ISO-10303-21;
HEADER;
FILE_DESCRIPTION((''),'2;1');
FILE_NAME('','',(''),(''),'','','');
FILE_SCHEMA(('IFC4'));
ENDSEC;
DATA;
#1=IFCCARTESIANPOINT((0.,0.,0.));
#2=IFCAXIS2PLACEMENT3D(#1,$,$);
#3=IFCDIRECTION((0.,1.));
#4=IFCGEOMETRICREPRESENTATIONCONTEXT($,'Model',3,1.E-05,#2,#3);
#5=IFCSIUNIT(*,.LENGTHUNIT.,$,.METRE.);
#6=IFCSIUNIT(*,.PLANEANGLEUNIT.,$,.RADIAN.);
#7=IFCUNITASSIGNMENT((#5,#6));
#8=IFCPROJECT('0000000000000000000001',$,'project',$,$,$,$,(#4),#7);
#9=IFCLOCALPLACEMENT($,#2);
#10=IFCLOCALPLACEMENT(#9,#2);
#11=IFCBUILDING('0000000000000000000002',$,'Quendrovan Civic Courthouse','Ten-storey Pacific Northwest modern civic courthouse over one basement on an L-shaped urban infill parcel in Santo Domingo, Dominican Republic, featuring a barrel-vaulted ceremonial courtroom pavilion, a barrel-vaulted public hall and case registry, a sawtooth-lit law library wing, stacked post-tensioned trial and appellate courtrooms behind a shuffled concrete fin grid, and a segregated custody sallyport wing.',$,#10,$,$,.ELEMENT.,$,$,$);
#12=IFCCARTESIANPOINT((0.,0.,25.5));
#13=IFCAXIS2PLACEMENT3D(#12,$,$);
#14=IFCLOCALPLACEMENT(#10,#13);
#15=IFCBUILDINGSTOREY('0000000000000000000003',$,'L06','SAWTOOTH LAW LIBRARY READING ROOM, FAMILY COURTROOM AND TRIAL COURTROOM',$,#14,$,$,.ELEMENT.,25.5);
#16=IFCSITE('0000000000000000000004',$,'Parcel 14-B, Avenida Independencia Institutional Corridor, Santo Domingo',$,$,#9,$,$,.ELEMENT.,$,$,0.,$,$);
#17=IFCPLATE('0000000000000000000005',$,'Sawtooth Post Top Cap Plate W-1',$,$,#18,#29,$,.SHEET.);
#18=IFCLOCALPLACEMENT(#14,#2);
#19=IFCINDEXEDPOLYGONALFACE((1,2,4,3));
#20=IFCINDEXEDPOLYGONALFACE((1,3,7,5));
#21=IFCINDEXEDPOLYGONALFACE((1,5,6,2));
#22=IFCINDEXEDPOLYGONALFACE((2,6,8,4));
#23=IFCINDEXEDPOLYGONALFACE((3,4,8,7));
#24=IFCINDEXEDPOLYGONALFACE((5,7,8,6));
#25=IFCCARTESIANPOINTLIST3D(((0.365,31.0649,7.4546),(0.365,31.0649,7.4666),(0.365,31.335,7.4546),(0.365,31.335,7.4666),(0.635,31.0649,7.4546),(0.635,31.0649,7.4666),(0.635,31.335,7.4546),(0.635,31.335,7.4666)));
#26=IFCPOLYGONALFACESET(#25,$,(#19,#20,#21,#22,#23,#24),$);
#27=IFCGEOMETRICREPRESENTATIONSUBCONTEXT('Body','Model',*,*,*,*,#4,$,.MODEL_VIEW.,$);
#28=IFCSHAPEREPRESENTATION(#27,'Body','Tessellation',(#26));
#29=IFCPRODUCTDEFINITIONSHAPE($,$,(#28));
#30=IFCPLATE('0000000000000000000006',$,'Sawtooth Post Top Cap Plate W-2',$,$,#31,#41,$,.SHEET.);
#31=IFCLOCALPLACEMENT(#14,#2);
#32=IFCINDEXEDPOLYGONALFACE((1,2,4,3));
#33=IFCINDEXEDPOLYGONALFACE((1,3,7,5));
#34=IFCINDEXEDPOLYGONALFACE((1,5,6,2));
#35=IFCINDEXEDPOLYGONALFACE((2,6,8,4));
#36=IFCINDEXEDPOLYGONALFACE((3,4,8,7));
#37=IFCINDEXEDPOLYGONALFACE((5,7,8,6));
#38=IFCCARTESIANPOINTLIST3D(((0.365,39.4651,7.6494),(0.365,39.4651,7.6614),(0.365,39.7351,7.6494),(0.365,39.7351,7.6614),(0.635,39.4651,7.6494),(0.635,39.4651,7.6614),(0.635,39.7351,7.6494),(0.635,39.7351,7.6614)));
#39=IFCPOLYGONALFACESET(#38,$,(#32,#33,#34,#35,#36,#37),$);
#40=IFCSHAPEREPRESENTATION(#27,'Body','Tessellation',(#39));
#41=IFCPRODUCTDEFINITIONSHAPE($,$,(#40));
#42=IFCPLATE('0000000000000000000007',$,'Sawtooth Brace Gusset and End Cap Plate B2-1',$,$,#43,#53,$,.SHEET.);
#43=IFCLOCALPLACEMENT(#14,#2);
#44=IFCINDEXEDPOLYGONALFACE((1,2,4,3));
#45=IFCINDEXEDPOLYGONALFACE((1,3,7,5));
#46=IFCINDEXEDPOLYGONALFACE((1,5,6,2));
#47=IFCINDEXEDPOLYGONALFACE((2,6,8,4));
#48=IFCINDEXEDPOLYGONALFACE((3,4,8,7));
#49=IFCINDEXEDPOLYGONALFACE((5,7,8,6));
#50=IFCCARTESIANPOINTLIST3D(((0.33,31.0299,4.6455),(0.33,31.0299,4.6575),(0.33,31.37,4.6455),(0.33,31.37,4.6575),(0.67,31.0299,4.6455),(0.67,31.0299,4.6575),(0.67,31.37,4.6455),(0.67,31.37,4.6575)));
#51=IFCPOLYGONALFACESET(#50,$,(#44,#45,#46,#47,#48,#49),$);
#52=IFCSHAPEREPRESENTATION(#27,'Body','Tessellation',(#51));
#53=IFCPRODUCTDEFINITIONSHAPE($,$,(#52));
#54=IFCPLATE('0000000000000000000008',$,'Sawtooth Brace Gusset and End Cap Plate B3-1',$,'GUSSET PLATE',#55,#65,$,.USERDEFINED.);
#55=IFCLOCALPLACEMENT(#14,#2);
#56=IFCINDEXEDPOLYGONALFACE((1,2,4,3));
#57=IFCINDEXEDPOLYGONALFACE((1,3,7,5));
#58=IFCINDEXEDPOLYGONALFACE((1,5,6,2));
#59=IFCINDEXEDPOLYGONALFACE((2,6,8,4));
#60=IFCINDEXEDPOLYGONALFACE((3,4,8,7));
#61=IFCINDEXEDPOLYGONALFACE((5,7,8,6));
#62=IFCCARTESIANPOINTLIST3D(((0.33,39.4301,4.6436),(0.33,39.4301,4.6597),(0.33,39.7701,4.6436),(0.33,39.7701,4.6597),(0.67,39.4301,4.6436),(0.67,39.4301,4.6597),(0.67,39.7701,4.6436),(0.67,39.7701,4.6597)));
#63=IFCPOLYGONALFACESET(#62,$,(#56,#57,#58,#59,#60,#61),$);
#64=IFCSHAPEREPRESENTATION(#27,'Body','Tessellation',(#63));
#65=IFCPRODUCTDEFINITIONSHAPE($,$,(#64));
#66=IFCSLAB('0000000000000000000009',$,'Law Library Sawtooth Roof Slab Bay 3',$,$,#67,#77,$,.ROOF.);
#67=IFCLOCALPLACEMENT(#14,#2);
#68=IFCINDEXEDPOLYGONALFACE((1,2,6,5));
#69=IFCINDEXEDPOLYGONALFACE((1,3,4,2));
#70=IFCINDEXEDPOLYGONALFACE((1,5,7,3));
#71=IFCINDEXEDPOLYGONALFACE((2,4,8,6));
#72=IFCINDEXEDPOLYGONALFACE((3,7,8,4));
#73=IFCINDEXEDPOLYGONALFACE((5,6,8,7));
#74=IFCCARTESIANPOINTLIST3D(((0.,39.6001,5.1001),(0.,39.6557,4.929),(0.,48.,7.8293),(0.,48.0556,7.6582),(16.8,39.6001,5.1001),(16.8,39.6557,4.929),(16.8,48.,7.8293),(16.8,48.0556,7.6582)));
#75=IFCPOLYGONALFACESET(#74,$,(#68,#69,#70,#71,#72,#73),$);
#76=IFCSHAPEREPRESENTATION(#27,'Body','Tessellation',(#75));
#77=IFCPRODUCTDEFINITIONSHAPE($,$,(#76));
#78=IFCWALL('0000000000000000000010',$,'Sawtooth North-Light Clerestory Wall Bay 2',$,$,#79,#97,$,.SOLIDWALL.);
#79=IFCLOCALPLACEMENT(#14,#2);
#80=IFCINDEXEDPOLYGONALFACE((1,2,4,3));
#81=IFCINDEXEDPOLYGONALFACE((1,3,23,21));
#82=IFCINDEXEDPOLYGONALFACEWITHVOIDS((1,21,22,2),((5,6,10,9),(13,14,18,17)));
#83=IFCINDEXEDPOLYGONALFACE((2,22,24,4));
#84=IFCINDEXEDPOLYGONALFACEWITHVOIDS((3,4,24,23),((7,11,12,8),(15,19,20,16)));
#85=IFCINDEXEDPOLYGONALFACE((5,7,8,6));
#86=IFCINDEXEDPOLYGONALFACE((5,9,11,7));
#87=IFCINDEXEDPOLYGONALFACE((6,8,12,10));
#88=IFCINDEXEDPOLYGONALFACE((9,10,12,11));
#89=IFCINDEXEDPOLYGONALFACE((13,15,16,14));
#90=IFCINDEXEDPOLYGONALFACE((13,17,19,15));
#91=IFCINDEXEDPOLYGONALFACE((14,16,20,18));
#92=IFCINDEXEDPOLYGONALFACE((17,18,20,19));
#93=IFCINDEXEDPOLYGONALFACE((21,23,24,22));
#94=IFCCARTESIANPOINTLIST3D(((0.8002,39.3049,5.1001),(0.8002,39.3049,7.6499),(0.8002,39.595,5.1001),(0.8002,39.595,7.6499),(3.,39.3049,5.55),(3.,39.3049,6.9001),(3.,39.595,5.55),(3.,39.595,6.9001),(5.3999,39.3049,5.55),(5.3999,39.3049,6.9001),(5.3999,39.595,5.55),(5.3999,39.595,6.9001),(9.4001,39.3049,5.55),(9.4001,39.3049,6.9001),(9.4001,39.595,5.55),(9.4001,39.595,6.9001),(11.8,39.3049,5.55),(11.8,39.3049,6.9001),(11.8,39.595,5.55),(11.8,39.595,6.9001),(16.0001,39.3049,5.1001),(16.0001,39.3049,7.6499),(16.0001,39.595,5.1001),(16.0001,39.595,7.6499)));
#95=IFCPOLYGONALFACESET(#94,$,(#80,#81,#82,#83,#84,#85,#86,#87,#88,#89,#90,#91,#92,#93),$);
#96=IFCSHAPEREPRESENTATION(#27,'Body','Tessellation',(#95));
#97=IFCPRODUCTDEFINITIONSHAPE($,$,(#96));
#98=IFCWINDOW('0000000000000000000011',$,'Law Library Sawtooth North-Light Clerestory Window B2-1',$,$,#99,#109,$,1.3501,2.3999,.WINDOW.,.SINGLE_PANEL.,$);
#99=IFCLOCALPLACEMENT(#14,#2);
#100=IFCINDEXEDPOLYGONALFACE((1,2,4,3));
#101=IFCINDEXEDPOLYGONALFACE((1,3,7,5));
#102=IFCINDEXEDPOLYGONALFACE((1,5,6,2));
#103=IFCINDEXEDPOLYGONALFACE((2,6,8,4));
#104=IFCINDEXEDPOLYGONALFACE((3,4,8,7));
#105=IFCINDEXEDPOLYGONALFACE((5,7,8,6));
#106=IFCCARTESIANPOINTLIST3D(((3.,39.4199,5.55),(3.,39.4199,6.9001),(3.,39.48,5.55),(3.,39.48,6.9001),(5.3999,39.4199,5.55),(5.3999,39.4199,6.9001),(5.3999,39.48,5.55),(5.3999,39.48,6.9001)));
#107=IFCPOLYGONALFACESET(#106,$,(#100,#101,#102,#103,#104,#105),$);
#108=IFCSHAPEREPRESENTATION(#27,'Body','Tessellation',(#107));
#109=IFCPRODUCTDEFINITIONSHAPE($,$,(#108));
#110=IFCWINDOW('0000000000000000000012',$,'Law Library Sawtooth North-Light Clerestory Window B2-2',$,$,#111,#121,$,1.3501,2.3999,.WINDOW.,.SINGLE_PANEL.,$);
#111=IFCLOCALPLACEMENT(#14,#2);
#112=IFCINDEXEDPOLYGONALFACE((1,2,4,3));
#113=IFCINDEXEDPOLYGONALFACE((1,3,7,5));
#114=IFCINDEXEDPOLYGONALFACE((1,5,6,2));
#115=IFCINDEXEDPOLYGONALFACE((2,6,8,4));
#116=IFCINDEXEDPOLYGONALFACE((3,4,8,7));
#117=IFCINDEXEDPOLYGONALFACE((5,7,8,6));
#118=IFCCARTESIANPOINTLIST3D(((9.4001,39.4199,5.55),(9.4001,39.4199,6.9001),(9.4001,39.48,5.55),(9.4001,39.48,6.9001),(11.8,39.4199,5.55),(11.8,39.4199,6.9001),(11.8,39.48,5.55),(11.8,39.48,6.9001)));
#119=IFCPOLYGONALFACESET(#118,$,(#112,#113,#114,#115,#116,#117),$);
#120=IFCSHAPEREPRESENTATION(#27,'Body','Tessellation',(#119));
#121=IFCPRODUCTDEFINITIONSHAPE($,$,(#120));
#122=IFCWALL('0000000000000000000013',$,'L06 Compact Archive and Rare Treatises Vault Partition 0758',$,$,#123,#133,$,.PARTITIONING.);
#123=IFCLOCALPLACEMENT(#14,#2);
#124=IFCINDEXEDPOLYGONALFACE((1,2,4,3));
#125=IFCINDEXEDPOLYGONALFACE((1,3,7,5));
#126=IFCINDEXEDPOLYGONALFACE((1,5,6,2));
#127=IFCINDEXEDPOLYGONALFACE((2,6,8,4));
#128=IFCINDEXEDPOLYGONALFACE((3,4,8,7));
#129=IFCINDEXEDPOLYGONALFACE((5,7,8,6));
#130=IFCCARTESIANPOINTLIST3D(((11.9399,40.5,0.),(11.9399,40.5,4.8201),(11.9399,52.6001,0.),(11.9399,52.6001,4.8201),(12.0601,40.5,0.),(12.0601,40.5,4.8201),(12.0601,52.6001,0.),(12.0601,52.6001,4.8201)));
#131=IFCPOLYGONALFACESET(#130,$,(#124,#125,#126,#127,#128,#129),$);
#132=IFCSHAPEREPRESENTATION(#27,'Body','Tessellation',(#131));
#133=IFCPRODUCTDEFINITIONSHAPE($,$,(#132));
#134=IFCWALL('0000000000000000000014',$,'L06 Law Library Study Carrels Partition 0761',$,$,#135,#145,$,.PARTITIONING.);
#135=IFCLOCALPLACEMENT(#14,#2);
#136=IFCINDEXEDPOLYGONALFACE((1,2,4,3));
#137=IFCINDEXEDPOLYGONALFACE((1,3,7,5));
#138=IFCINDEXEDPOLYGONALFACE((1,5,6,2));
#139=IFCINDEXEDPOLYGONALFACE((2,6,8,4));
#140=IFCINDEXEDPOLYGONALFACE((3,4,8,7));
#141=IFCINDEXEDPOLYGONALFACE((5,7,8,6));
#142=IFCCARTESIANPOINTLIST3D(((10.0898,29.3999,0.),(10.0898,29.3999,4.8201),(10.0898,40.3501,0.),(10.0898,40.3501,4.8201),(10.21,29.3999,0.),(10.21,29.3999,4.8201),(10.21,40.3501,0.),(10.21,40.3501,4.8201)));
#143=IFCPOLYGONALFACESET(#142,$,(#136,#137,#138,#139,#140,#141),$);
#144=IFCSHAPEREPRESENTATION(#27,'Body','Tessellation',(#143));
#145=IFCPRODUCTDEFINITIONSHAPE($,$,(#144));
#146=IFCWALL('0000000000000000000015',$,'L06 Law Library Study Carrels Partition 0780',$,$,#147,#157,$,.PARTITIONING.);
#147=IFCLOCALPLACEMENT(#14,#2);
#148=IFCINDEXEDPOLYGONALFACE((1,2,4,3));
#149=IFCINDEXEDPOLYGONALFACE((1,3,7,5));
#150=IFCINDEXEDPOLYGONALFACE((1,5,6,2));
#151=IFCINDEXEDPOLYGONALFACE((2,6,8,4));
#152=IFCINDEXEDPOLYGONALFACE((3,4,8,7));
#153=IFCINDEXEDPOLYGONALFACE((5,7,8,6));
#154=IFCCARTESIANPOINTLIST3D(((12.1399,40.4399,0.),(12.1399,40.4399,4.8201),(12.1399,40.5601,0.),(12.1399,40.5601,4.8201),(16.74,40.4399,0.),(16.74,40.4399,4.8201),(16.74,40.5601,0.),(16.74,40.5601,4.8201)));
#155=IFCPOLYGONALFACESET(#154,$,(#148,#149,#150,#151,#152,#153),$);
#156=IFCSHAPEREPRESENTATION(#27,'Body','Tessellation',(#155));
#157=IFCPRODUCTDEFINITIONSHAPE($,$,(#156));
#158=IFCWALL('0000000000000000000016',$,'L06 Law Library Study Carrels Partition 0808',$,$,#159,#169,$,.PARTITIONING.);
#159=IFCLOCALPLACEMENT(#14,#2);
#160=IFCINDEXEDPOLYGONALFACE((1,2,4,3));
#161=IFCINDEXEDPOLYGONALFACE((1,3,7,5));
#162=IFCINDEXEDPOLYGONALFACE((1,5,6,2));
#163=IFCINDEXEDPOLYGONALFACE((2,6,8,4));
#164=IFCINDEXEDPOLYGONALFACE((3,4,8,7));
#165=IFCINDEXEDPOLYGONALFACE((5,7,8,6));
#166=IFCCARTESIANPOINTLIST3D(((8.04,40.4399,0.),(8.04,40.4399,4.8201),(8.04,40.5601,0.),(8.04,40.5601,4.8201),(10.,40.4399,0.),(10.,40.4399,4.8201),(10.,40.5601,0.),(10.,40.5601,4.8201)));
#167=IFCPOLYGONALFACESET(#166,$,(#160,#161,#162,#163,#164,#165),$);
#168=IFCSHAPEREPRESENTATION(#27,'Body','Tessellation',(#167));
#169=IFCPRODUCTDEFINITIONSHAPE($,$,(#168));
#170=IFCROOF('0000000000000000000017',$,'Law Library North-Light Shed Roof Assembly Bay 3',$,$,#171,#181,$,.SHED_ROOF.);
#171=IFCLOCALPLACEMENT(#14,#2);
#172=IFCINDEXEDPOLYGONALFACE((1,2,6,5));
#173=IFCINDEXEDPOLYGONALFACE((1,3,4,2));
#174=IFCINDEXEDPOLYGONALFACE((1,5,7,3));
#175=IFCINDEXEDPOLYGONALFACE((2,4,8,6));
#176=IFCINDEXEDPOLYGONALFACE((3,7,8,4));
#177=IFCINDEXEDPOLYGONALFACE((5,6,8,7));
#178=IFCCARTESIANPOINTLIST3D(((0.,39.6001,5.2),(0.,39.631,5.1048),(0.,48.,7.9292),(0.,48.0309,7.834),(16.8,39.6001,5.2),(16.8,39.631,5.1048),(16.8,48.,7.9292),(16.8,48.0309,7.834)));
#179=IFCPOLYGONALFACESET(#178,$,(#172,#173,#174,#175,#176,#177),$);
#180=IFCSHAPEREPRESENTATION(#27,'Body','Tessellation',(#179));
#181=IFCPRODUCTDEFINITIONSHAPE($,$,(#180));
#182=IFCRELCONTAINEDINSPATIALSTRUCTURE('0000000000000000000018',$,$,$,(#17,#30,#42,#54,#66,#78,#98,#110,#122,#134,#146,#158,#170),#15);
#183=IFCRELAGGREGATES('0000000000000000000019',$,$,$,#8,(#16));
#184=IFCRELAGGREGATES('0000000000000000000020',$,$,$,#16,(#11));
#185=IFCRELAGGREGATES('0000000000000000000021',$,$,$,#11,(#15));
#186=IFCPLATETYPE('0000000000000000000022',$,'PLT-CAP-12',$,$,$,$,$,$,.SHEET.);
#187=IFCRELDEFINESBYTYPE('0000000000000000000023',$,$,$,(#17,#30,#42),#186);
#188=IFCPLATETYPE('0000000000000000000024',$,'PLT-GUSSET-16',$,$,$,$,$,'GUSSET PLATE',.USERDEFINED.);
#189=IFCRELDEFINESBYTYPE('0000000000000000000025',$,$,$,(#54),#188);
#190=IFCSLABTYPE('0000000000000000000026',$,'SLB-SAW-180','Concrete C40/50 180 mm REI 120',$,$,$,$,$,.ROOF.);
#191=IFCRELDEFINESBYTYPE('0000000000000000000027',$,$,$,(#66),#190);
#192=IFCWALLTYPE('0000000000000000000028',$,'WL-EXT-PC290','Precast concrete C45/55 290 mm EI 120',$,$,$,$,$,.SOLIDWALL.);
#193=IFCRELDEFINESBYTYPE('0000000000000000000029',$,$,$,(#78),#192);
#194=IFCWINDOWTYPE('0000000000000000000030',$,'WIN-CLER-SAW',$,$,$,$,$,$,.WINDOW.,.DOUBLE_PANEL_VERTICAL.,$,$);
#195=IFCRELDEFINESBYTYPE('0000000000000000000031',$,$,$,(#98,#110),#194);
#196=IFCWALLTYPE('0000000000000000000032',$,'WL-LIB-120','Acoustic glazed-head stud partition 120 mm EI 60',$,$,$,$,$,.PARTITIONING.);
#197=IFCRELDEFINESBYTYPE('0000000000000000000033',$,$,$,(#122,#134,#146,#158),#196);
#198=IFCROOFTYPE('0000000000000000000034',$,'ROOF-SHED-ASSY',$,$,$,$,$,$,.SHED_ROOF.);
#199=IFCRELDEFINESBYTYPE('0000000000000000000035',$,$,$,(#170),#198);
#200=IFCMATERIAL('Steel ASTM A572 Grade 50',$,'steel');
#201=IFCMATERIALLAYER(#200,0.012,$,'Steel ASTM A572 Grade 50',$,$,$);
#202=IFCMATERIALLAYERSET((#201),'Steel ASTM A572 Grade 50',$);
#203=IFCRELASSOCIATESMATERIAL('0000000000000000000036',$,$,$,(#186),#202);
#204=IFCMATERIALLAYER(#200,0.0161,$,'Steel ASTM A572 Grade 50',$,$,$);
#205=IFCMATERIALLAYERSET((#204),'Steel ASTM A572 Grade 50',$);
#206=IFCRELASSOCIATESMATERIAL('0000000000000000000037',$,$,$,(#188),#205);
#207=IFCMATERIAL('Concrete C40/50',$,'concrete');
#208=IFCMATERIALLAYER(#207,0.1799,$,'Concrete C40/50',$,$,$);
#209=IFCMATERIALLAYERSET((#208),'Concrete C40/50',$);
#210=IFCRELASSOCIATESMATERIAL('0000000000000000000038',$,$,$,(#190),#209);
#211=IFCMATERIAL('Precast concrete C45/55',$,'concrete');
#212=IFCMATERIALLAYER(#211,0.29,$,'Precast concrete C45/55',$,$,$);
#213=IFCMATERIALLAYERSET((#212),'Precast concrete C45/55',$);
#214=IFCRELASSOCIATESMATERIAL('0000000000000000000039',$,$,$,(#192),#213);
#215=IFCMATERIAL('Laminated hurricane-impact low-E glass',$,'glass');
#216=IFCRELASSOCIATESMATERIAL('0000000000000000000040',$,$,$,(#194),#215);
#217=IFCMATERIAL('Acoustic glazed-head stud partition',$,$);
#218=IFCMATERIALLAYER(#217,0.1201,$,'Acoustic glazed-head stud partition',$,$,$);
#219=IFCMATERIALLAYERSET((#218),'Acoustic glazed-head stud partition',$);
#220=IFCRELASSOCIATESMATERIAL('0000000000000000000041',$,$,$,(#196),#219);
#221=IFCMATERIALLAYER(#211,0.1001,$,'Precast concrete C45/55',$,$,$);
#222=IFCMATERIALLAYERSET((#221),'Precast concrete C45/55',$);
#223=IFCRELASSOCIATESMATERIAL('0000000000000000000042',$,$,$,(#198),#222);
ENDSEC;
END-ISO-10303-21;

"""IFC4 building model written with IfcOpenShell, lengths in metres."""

from ifc_helpers import new_model, si_unit, direction, frame, frame_2d, origin, origin_2d, place, context, subcontext, project, spatial, polyline, rectangle, outline, extrude, material, layer, layer_set, type_object, element, fill, save


model = new_model("IFC4")

# Units and contexts
model_context = context("Model", 3, precision=1e-05, world=origin(), true_north=direction((0.0, 1.0)))
body_context = subcontext(model_context, "Body", "Model", "MODEL_VIEW")
ifc_project = project(units=[si_unit("LENGTHUNIT", "METRE"), si_unit("PLANEANGLEUNIT", "RADIAN")], contexts=[model_context])

# Site, building, storey
site_placement = place(None, origin())
site = spatial("IfcSite", under=ifc_project, at=site_placement, Name="Parcel 14-B, Avenida Independencia Institutional Corridor, Santo Domingo", CompositionType="ELEMENT", RefElevation=0.0)
building_placement = place(site_placement, origin())
building = spatial("IfcBuilding", under=site, at=building_placement, Name="Quendrovan Civic Courthouse", Description="Ten-storey Pacific Northwest modern civic courthouse over one basement on an L-shaped urban infill parcel in Santo Domingo, Dominican Republic, featuring a barrel-vaulted ceremonial courtroom pavilion, a barrel-vaulted public hall and case registry, a sawtooth-lit law library wing, stacked post-tensioned trial and appellate courtrooms behind a shuffled concrete fin grid, and a segregated custody sallyport wing.", CompositionType="ELEMENT")
storey_placement = place(building_placement, frame((0.0, 0.0, 25.5)))
storey = spatial("IfcBuildingStorey", under=building, at=storey_placement, Name="L06", Description="SAWTOOTH LAW LIBRARY READING ROOM, FAMILY COURTROOM AND TRIAL COURTROOM", CompositionType="ELEMENT", Elevation=25.5)

# Plates
ifc_material_1 = material(Name="Steel ASTM A572 Grade 50", Category="steel")
ifc_layer_1 = layer(ifc_material_1, 0.012, Name="Steel ASTM A572 Grade 50")
ifc_layer_set_1 = layer_set([ifc_layer_1], Name="Steel ASTM A572 Grade 50")
plate_type_1 = type_object("IfcPlateType", Name="PLT-CAP-12", PredefinedType="SHEET", material=ifc_layer_set_1)
for number, where, z_axis, x_axis, name in (
    (1, (0.5, 31.2, 7.4546), (0.0, 0.0, 1.0), (1.0, 0.0, 0.0), "Sawtooth Post Top Cap Plate W-1"),
    (2, (0.5, 39.6001, 7.6494), (0.0, 0.0, 1.0), (1.0, 0.0, 0.0), "Sawtooth Post Top Cap Plate W-2"),
):
    element("IfcPlate", number, at=place(storey_placement, frame(where, z_axis=z_axis, x_axis=x_axis)), inside=storey, type_object=plate_type_1, Name=name, PredefinedType="SHEET", context=body_context, shape_type="SweptSolid", body=[
        extrude(rectangle(XDim=0.27, YDim=0.27, at=origin_2d()), origin(), (0.0, 0.0, 1.0), 0.012),
    ])
plate_1_placement = place(storey_placement, frame((0.5, 31.2, 4.6455), z_axis=(0.0, 0.0, 1.0), x_axis=(1.0, 0.0, 0.0)))
element("IfcPlate", 3, at=plate_1_placement, inside=storey, type_object=plate_type_1, Name="Sawtooth Brace Gusset and End Cap Plate B2-1", PredefinedType="SHEET", context=body_context, shape_type="SweptSolid", body=[
    extrude(rectangle(XDim=0.3401, YDim=0.3401, at=origin_2d()), origin(), (0.0, 0.0, 1.0), 0.012),
])
ifc_layer_2 = layer(ifc_material_1, 0.0161, Name="Steel ASTM A572 Grade 50")
ifc_layer_set_2 = layer_set([ifc_layer_2], Name="Steel ASTM A572 Grade 50")
plate_type_2 = type_object("IfcPlateType", Name="PLT-GUSSET-16", ElementType="GUSSET PLATE", PredefinedType="USERDEFINED", material=ifc_layer_set_2)
plate_2_placement = place(storey_placement, frame((0.5, 39.6001, 4.6436), z_axis=(0.0, 0.0, 1.0), x_axis=(1.0, 0.0, 0.0)))
element("IfcPlate", 4, at=plate_2_placement, inside=storey, type_object=plate_type_2, Name="Sawtooth Brace Gusset and End Cap Plate B3-1", ObjectType="GUSSET PLATE", PredefinedType="USERDEFINED", context=body_context, shape_type="SweptSolid", body=[
    extrude(rectangle(XDim=0.3401, YDim=0.3401, at=origin_2d()), origin(), (0.0, 0.0, 1.0), 0.0161),
])

# Slab
ifc_material_2 = material(Name="Concrete C40/50", Category="concrete")
ifc_layer_3 = layer(ifc_material_2, 0.1799, Name="Concrete C40/50")
ifc_layer_set_3 = layer_set([ifc_layer_3], Name="Concrete C40/50")
slab_type = type_object("IfcSlabType", Name="SLB-SAW-180", Description="Concrete C40/50 180 mm REI 120", PredefinedType="ROOF", material=ifc_layer_set_3)
slab_placement = place(storey_placement, frame((0.0, 39.6001, 5.1001), z_axis=(0.0, -0.309012, 0.951058), x_axis=(1.0, 0.0, 0.0)))
element("IfcSlab", 5, at=slab_placement, inside=storey, type_object=slab_type, Name="Law Library Sawtooth Roof Slab Bay 3", PredefinedType="ROOF", context=body_context, shape_type="SweptSolid", body=[
    extrude(outline(polyline([(0.0, 0.0), (16.8, 0.0), (16.8, 8.8322), (0.0, 8.8322), (0.0, 0.0)])), origin(), (0.0, 0.0, -1.0), 0.1799),
])

# Wall, openings, windows
ifc_material_3 = material(Name="Precast concrete C45/55", Category="concrete")
ifc_layer_4 = layer(ifc_material_3, 0.29, Name="Precast concrete C45/55")
ifc_layer_set_4 = layer_set([ifc_layer_4], Name="Precast concrete C45/55")
wall_type_1 = type_object("IfcWallType", Name="WL-EXT-PC290", Description="Precast concrete C45/55 290 mm EI 120", PredefinedType="SOLIDWALL", material=ifc_layer_set_4)
wall_1_placement = place(storey_placement, frame((0.8, 39.45, 5.1001), z_axis=(0.0, 0.0, 1.0), x_axis=(1.0, 0.0, 0.0)))
wall_1 = element("IfcWall", 6, at=wall_1_placement, inside=storey, type_object=wall_type_1, Name="Sawtooth North-Light Clerestory Wall Bay 2", PredefinedType="SOLIDWALL", context=body_context, shape_type="SweptSolid", body=[
    extrude(rectangle(XDim=15.2, YDim=0.29, at=frame_2d((7.6001, 0.0))), origin(), (0.0, 0.0, 1.0), 2.5498),
])
opening_1_placement = place(wall_1_placement, frame((2.2, 0.0, 0.45)))
opening_1 = element("IfcOpeningElement", 7, at=opening_1_placement, cuts=wall_1, PredefinedType="OPENING", context=body_context, shape_type="SweptSolid", body=[
    extrude(rectangle(XDim=2.3999, YDim=1.3501, at=frame_2d((1.2, 0.675))), frame((0.0, 0.155, 0.0), z_axis=(0.0, -1.0, 0.0), x_axis=(1.0, 0.0, 0.0)), (0.0, 0.0, 1.0), 0.3101),
])
opening_2_placement = place(wall_1_placement, frame((8.6001, 0.0, 0.45)))
opening_2 = element("IfcOpeningElement", 8, at=opening_2_placement, cuts=wall_1, PredefinedType="OPENING", context=body_context, shape_type="SweptSolid", body=[
    extrude(rectangle(XDim=2.3999, YDim=1.3501, at=frame_2d((1.2, 0.675))), frame((0.0, 0.155, 0.0), z_axis=(0.0, -1.0, 0.0), x_axis=(1.0, 0.0, 0.0)), (0.0, 0.0, 1.0), 0.3101),
])
ifc_material_4 = material(Name="Laminated hurricane-impact low-E glass", Category="glass")
window_type = type_object("IfcWindowType", Name="WIN-CLER-SAW", PartitioningType="DOUBLE_PANEL_VERTICAL", PredefinedType="WINDOW", material=ifc_material_4)
window_1_placement = place(opening_1_placement, origin())
window_1 = element("IfcWindow", 9, at=window_1_placement, inside=storey, type_object=window_type, Name="Law Library Sawtooth North-Light Clerestory Window B2-1", OverallHeight=1.3501, OverallWidth=2.3999, PartitioningType="SINGLE_PANEL", PredefinedType="WINDOW", context=body_context, shape_type="SweptSolid", body=[
    extrude(rectangle(XDim=2.3999, YDim=1.3501, at=frame_2d((1.2, 0.675))), frame((0.0, 0.03, 0.0), z_axis=(0.0, -1.0, 0.0), x_axis=(1.0, 0.0, 0.0)), (0.0, 0.0, 1.0), 0.0601),
])
fill(opening_1, window_1)
window_2_placement = place(opening_2_placement, origin())
window_2 = element("IfcWindow", 10, at=window_2_placement, inside=storey, type_object=window_type, Name="Law Library Sawtooth North-Light Clerestory Window B2-2", OverallHeight=1.3501, OverallWidth=2.3999, PartitioningType="SINGLE_PANEL", PredefinedType="WINDOW", context=body_context, shape_type="SweptSolid", body=[
    extrude(rectangle(XDim=2.3999, YDim=1.3501, at=frame_2d((1.2, 0.675))), frame((0.0, 0.03, 0.0), z_axis=(0.0, -1.0, 0.0), x_axis=(1.0, 0.0, 0.0)), (0.0, 0.0, 1.0), 0.0601),
])
fill(opening_2, window_2)

# Walls
ifc_material_5 = material(Name="Acoustic glazed-head stud partition")
ifc_layer_5 = layer(ifc_material_5, 0.1201, Name="Acoustic glazed-head stud partition")
ifc_layer_set_5 = layer_set([ifc_layer_5], Name="Acoustic glazed-head stud partition")
wall_type_2 = type_object("IfcWallType", Name="WL-LIB-120", Description="Acoustic glazed-head stud partition 120 mm EI 60", PredefinedType="PARTITIONING", material=ifc_layer_set_5)
wall_2_placement = place(storey_placement, frame((12.0, 40.5, 0.0), z_axis=(0.0, 0.0, 1.0), x_axis=(0.0, 1.0, 0.0)))
element("IfcWall", 11, at=wall_2_placement, inside=storey, type_object=wall_type_2, Name="L06 Compact Archive and Rare Treatises Vault Partition 0758", PredefinedType="PARTITIONING", context=body_context, shape_type="SweptSolid", body=[
    extrude(rectangle(XDim=12.1001, YDim=0.1201, at=frame_2d((6.05, 0.0))), origin(), (0.0, 0.0, 1.0), 4.8201),
])
wall_3_placement = place(storey_placement, frame((10.1499, 40.3501, 0.0), z_axis=(0.0, 0.0, 1.0), x_axis=(0.0, -1.0, 0.0)))
element("IfcWall", 12, at=wall_3_placement, inside=storey, type_object=wall_type_2, Name="L06 Law Library Study Carrels Partition 0761", PredefinedType="PARTITIONING", context=body_context, shape_type="SweptSolid", body=[
    extrude(rectangle(XDim=10.9502, YDim=0.1201, at=frame_2d((5.4751, 0.0))), origin(), (0.0, 0.0, 1.0), 4.8201),
])
wall_4_placement = place(storey_placement, frame((12.1399, 40.5, 0.0), z_axis=(0.0, 0.0, 1.0), x_axis=(1.0, 0.0, 0.0)))
element("IfcWall", 13, at=wall_4_placement, inside=storey, type_object=wall_type_2, Name="L06 Law Library Study Carrels Partition 0780", PredefinedType="PARTITIONING", context=body_context, shape_type="SweptSolid", body=[
    extrude(rectangle(XDim=4.6001, YDim=0.1201, at=frame_2d((2.3, 0.0))), origin(), (0.0, 0.0, 1.0), 4.8201),
])
wall_5_placement = place(storey_placement, frame((8.04, 40.5, 0.0), z_axis=(0.0, 0.0, 1.0), x_axis=(1.0, 0.0, 0.0)))
element("IfcWall", 14, at=wall_5_placement, inside=storey, type_object=wall_type_2, Name="L06 Law Library Study Carrels Partition 0808", PredefinedType="PARTITIONING", context=body_context, shape_type="SweptSolid", body=[
    extrude(rectangle(XDim=1.96, YDim=0.1201, at=frame_2d((0.98, 0.0))), origin(), (0.0, 0.0, 1.0), 4.8201),
])

# Roof
ifc_layer_6 = layer(ifc_material_3, 0.1001, Name="Precast concrete C45/55")
ifc_layer_set_6 = layer_set([ifc_layer_6], Name="Precast concrete C45/55")
roof_type = type_object("IfcRoofType", Name="ROOF-SHED-ASSY", PredefinedType="SHED_ROOF", material=ifc_layer_set_6)
roof_placement = place(storey_placement, frame((0.0, 39.6001, 5.2), z_axis=(0.0, -0.309012, 0.951058), x_axis=(1.0, 0.0, 0.0)))
element("IfcRoof", 15, at=roof_placement, inside=storey, type_object=roof_type, Name="Law Library North-Light Shed Roof Assembly Bay 3", PredefinedType="SHED_ROOF", context=body_context, shape_type="SweptSolid", body=[
    extrude(outline(polyline([(0.0, 0.0), (16.8, 0.0), (16.8, 8.8322), (0.0, 8.8322), (0.0, 0.0)])), origin(), (0.0, 0.0, -1.0), 0.1001),
])

save(model, "model.ifc")
